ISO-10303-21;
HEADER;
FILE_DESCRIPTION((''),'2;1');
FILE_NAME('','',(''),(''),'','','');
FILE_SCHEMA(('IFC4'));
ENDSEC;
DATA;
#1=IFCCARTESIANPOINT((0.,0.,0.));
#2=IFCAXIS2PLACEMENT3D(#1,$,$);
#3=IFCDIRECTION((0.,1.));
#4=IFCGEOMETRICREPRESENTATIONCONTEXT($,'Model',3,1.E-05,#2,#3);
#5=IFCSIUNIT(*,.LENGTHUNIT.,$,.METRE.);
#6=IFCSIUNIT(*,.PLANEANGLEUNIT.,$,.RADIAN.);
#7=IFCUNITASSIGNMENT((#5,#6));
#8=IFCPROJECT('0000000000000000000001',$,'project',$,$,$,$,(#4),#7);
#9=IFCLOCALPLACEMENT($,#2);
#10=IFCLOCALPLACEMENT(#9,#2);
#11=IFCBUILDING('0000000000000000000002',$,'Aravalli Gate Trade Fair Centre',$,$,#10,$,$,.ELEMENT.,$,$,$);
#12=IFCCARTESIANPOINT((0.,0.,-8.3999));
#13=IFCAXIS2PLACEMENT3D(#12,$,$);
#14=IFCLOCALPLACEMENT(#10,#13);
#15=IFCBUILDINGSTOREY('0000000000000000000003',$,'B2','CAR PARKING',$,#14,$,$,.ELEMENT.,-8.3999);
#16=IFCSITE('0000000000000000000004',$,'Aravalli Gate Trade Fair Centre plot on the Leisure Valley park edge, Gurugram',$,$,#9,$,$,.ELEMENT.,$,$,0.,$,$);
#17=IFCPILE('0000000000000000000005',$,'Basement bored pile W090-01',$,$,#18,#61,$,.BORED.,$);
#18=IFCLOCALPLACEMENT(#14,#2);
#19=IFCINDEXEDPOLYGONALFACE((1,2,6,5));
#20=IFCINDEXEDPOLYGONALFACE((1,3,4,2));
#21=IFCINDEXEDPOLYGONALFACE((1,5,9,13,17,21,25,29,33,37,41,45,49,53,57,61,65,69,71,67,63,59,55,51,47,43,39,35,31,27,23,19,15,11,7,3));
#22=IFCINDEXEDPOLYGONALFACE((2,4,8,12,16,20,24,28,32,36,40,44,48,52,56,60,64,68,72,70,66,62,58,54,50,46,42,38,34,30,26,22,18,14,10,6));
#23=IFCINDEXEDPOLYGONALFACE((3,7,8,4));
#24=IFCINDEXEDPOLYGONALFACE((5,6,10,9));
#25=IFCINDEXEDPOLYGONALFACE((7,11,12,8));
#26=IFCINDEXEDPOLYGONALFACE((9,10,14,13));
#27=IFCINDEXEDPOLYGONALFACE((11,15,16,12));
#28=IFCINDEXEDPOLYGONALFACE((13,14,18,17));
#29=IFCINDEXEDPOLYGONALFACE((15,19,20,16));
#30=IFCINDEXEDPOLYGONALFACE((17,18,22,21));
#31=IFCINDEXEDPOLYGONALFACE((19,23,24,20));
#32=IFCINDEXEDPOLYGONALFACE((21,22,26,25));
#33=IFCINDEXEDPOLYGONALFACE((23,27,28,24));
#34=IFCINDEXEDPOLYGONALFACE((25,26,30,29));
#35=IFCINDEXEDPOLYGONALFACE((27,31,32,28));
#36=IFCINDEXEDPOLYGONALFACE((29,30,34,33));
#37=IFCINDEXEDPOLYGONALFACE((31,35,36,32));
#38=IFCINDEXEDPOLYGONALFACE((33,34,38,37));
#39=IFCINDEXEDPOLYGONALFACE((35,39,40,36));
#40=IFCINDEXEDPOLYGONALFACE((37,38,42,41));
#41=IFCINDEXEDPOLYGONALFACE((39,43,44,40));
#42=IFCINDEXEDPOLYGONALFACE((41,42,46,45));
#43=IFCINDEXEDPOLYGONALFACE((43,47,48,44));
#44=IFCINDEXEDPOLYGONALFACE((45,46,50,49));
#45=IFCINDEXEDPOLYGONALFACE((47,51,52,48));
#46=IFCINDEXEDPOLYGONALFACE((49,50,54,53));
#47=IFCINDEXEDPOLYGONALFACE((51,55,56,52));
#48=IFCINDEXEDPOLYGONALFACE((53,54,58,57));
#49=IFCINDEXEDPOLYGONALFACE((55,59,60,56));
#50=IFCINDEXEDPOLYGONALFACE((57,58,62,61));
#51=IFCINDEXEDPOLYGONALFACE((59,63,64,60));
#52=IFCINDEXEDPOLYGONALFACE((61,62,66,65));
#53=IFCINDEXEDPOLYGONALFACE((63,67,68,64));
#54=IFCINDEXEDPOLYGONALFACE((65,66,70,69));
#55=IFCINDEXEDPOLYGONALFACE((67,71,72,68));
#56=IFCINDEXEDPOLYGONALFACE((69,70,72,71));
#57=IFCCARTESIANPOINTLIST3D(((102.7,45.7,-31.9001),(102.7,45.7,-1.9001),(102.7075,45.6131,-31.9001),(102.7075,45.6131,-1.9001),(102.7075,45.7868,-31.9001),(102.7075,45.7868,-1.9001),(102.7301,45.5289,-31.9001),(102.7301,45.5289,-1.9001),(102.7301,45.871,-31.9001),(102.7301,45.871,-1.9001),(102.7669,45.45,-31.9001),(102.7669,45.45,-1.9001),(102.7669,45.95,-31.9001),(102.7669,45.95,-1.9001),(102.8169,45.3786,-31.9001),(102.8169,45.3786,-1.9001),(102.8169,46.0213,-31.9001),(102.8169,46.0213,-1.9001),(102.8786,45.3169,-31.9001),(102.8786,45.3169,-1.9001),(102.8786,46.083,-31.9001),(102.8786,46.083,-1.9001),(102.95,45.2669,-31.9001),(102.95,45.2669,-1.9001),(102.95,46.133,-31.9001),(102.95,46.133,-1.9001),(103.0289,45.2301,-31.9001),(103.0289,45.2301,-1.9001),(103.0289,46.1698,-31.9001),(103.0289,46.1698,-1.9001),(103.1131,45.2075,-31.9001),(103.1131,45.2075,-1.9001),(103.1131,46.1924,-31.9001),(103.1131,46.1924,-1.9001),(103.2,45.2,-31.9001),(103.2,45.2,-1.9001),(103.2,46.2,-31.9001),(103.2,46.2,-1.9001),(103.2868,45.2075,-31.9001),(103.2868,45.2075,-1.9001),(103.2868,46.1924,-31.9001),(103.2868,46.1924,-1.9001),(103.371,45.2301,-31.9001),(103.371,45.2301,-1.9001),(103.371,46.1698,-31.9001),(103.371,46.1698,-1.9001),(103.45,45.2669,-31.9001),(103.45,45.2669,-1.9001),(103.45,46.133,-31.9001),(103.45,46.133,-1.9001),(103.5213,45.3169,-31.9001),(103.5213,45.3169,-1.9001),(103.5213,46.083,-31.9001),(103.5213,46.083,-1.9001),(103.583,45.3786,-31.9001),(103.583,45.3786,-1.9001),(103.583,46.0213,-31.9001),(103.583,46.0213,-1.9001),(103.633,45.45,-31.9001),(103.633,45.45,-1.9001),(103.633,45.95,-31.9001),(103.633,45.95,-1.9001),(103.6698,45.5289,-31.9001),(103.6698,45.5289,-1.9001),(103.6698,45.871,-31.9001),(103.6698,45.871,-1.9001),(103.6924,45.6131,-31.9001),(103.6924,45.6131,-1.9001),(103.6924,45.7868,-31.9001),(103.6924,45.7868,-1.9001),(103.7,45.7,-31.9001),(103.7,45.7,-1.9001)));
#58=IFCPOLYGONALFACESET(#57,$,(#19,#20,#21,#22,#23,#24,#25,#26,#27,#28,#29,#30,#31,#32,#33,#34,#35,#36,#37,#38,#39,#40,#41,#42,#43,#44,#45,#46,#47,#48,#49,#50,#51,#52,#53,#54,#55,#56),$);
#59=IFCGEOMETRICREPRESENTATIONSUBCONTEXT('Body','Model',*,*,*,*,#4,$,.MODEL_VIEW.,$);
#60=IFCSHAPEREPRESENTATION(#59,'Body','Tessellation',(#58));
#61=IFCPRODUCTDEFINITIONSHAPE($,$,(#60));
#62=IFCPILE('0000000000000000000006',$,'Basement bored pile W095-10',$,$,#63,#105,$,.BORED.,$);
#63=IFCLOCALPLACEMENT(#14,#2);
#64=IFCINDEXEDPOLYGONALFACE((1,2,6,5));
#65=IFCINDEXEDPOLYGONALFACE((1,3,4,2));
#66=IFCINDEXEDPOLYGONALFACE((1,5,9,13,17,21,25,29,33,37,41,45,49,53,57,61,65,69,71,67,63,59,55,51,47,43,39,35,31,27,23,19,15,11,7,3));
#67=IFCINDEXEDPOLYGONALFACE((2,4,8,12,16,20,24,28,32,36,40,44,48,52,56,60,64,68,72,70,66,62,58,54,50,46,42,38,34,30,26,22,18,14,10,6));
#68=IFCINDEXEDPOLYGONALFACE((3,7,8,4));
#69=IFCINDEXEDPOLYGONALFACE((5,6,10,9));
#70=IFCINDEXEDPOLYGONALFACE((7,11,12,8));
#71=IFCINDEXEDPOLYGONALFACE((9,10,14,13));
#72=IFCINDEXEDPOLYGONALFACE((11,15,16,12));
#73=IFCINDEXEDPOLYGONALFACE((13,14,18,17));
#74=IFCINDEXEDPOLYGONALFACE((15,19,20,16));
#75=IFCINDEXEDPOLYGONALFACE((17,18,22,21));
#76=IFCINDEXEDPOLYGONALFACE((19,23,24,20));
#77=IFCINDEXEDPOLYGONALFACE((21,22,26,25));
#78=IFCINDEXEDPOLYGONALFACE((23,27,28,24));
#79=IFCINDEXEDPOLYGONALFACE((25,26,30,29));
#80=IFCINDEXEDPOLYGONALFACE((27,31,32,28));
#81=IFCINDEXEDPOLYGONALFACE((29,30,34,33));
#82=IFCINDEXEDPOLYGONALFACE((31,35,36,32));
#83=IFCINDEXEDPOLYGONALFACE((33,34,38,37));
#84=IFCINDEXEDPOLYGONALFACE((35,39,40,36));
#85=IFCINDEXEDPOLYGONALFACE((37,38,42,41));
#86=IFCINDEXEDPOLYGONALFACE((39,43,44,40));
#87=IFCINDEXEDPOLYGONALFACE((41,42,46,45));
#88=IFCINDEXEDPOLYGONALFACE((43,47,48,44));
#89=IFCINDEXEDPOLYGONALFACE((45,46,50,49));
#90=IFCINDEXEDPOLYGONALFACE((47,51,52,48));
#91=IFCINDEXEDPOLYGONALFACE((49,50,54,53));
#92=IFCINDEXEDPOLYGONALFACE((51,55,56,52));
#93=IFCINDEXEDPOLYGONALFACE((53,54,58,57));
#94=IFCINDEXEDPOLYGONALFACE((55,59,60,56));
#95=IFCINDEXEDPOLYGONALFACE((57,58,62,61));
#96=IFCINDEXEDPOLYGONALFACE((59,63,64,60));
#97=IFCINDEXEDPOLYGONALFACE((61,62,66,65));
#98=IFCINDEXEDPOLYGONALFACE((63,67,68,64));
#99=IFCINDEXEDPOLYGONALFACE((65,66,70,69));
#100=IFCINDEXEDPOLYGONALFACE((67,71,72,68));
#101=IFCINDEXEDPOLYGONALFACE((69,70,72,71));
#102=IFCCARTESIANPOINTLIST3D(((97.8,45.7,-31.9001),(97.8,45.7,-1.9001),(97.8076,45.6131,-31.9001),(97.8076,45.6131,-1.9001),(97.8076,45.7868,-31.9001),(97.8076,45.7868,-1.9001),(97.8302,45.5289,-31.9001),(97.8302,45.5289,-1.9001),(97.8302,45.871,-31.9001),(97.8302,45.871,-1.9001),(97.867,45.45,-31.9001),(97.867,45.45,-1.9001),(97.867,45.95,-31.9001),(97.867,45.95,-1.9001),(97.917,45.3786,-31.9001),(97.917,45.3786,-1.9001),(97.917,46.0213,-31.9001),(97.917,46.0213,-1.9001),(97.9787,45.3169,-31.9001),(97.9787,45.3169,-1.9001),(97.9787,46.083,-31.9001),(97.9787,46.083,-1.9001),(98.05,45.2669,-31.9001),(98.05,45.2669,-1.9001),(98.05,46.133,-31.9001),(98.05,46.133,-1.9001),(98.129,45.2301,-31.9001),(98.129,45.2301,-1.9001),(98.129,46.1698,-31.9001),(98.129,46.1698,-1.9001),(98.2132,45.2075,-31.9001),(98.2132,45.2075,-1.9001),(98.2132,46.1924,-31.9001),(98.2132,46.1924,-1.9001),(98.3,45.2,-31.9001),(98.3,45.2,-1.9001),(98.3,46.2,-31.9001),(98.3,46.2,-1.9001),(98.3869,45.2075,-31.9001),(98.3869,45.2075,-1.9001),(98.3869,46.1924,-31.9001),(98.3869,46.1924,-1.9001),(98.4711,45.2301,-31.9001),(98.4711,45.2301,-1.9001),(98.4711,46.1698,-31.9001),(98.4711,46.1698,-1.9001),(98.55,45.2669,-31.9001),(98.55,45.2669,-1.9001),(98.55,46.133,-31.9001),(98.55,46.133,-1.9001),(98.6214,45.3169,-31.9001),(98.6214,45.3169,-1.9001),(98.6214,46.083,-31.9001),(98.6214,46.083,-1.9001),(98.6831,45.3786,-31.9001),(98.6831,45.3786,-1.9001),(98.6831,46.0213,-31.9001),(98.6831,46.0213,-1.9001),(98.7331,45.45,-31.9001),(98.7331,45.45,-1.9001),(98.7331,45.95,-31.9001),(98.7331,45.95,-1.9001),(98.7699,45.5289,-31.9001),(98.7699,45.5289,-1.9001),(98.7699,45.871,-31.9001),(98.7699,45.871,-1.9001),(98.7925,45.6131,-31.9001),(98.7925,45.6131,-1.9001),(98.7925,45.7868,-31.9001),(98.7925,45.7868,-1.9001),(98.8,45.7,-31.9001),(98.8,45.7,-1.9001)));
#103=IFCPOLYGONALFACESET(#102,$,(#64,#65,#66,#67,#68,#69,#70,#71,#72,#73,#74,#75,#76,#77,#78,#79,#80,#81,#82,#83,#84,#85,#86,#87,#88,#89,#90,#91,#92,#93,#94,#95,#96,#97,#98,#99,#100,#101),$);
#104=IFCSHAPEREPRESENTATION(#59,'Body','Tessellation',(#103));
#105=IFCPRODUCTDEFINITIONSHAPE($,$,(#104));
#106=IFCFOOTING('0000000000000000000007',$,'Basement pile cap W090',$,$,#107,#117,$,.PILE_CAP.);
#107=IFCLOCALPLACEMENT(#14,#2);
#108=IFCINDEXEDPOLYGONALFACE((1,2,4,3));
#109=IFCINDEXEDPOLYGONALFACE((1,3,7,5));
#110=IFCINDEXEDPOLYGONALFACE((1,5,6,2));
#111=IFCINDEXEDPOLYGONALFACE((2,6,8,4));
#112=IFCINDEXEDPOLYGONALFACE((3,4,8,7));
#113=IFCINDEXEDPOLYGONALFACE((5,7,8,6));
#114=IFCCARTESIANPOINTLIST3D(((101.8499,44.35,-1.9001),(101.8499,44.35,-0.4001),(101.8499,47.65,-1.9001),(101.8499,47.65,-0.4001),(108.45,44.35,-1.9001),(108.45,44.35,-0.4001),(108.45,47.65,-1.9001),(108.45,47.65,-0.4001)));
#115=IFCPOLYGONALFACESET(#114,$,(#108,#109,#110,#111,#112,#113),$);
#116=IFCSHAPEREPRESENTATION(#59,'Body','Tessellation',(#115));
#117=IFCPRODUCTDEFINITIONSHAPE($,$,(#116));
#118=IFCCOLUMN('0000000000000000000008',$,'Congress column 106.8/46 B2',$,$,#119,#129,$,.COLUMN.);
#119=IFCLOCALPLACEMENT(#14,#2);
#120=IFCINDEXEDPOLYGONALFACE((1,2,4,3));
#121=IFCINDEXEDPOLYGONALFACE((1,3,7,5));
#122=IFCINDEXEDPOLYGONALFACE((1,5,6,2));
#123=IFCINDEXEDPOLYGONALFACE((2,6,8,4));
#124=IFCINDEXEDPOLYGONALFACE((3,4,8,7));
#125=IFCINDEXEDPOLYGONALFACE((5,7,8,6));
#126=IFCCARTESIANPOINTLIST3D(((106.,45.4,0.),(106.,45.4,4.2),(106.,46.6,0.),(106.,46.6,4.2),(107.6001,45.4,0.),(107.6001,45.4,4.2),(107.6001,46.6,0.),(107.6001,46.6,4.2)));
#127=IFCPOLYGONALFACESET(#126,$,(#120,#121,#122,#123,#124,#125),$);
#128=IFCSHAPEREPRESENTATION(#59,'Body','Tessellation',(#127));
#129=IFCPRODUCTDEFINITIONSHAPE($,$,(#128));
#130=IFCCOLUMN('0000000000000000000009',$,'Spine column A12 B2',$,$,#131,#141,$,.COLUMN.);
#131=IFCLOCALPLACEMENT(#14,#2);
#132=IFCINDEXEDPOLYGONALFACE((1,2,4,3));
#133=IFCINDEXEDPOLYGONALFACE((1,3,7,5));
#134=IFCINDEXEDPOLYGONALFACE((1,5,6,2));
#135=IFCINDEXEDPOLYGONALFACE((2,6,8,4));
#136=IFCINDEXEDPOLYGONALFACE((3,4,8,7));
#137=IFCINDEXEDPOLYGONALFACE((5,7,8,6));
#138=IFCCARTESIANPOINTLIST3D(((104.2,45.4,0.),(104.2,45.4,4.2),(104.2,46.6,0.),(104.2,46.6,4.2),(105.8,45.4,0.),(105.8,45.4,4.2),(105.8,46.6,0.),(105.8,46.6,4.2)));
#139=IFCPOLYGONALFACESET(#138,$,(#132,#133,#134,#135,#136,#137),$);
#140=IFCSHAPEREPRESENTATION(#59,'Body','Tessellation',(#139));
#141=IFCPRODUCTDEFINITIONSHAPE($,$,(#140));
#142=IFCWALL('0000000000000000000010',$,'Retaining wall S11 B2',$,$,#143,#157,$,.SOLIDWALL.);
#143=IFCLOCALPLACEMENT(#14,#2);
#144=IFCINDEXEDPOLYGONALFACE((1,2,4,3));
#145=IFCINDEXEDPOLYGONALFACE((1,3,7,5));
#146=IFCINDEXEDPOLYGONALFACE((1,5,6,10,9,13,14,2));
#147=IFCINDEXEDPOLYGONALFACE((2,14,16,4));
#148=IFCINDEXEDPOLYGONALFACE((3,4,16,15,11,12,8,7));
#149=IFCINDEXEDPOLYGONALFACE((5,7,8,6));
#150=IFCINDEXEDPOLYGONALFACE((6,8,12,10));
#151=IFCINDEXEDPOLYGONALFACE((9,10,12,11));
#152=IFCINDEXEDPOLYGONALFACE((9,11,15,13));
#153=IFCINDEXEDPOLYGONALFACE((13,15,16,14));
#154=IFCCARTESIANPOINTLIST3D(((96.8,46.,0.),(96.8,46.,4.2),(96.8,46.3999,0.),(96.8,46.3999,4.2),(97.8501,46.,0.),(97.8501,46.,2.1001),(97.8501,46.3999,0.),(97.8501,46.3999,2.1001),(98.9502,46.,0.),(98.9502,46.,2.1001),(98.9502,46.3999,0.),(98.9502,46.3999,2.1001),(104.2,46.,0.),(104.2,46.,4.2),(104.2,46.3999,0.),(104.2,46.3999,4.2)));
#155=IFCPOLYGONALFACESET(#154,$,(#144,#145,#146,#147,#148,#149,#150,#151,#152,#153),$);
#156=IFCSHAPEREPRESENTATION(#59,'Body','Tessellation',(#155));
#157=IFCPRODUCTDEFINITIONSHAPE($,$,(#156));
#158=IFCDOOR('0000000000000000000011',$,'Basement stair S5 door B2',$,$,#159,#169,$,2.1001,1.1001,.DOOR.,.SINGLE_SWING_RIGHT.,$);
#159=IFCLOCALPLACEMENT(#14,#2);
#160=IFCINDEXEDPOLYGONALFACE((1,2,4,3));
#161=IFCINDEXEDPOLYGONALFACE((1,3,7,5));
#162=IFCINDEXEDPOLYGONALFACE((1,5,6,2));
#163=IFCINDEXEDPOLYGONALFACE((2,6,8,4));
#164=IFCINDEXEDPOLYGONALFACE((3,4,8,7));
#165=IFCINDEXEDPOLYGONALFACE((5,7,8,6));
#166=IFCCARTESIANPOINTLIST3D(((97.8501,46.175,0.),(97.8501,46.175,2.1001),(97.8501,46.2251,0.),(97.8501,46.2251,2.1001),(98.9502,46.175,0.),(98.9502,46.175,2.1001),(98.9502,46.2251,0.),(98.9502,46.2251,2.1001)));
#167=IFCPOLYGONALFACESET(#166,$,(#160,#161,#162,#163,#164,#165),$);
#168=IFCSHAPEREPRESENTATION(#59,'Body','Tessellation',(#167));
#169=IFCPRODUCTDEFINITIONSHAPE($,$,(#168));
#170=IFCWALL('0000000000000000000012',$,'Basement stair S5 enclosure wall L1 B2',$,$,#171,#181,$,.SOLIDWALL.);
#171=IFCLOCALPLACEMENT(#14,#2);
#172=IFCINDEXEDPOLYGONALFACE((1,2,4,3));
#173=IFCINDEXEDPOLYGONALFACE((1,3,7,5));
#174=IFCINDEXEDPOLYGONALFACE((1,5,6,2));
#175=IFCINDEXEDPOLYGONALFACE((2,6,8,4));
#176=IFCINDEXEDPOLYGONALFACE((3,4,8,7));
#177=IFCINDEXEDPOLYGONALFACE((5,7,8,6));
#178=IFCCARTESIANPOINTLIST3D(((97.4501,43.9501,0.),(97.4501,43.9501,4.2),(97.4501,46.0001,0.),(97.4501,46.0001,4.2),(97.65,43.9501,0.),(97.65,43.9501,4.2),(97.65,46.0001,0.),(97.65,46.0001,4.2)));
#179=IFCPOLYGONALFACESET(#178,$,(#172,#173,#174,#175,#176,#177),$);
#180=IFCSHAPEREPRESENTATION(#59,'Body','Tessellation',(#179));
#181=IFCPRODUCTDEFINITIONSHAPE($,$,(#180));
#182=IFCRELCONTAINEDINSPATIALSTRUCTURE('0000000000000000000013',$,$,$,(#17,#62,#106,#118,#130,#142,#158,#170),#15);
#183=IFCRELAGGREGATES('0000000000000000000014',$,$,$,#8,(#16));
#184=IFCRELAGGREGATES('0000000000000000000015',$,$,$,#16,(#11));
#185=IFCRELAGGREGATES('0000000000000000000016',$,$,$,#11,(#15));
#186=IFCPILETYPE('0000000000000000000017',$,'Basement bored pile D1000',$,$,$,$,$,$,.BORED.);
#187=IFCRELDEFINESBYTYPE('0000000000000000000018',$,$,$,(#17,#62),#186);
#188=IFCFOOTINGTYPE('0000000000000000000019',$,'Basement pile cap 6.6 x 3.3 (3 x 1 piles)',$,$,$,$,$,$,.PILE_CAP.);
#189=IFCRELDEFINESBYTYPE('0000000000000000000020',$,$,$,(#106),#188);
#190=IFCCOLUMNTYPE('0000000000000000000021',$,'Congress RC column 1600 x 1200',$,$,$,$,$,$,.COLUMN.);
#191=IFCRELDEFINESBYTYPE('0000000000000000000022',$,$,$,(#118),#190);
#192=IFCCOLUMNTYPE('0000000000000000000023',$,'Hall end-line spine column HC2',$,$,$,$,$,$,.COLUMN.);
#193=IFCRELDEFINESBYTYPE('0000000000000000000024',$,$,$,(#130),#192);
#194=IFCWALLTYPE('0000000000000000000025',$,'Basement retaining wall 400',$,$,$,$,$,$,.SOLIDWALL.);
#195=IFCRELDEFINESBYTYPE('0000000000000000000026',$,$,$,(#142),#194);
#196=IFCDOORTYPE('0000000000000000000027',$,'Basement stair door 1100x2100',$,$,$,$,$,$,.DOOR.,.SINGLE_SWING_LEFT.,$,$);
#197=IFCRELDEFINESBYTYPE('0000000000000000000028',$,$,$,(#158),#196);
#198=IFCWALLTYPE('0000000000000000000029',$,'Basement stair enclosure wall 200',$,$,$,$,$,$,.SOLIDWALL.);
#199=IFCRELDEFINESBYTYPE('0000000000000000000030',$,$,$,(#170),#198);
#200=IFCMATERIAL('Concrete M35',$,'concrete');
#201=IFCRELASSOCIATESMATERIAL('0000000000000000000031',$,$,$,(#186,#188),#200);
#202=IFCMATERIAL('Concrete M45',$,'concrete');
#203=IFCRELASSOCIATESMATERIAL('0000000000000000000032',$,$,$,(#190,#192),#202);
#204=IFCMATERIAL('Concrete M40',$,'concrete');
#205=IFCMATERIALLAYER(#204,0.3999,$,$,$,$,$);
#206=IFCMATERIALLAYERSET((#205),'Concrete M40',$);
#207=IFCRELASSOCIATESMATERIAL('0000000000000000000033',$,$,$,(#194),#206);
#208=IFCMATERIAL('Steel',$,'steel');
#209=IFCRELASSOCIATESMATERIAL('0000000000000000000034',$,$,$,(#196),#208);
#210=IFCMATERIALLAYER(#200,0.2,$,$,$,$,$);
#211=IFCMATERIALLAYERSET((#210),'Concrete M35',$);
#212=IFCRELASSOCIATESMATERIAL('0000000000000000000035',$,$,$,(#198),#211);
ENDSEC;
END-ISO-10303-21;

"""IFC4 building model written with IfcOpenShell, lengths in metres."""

from ifc_helpers import new_model, si_unit, direction, frame, frame_2d, origin, origin_2d, place, context, subcontext, project, spatial, rectangle, circle, extrude, material, layer, layer_set, material_profile, profile_set, type_object, element, fill, save


model = new_model("IFC4")

# Units and contexts
model_context = context("Model", 3, precision=1e-05, world=origin(), true_north=direction((0.0, 1.0)))
body_context = subcontext(model_context, "Body", "Model", "MODEL_VIEW")
ifc_project = project(units=[si_unit("LENGTHUNIT", "METRE"), si_unit("PLANEANGLEUNIT", "RADIAN")], contexts=[model_context])

# Site, building, storey
site_placement = place(None, origin())
site = spatial("IfcSite", under=ifc_project, at=site_placement, Name="Aravalli Gate Trade Fair Centre plot on the Leisure Valley park edge, Gurugram", CompositionType="ELEMENT", RefElevation=0.0)
building_placement = place(site_placement, origin())
building = spatial("IfcBuilding", under=site, at=building_placement, Name="Aravalli Gate Trade Fair Centre", CompositionType="ELEMENT")
storey_placement = place(building_placement, frame((0.0, 0.0, -8.3999)))
storey = spatial("IfcBuildingStorey", under=building, at=storey_placement, Name="B2", Description="CAR PARKING", CompositionType="ELEMENT", Elevation=-8.3999)

# Piles
ifc_material_1 = material(Name="Concrete M35", Category="concrete")
ifc_material_profile_1 = material_profile(ifc_material_1, circle(Radius=0.5, at=origin_2d()), Name="D1000")
ifc_profile_set_1 = profile_set([ifc_material_profile_1], Name="Concrete M35")
pile_type = type_object("IfcPileType", Name="Basement bored pile D1000", PredefinedType="BORED", material=ifc_profile_set_1)
for number, where, z_axis, x_axis, name in (
    (1, (103.2, 45.7, -1.9001), (0.0, 0.0, -1.0), (1.0, 0.0, 0.0), "Basement bored pile W090-01"),
    (2, (98.3, 45.7, -1.9001), (0.0, 0.0, -1.0), (1.0, 0.0, 0.0), "Basement bored pile W095-10"),
):
    element("IfcPile", number, at=place(storey_placement, frame(where, z_axis=z_axis, x_axis=x_axis)), inside=storey, type_object=pile_type, Name=name, PredefinedType="BORED", context=body_context, shape_type="SweptSolid", body=[
        extrude(circle(Radius=0.5, at=origin_2d()), origin(), (0.0, 0.0, 1.0), 30.0),
    ])

# Footing
footing_type = type_object("IfcFootingType", Name="Basement pile cap 6.6 x 3.3 (3 x 1 piles)", PredefinedType="PILE_CAP", material=ifc_material_1)
footing_placement = place(storey_placement, frame((105.1499, 46.0, -1.9001), z_axis=(0.0, 0.0, 1.0), x_axis=(1.0, 0.0, 0.0)))
element("IfcFooting", 3, at=footing_placement, inside=storey, type_object=footing_type, Name="Basement pile cap W090", PredefinedType="PILE_CAP", context=body_context, shape_type="SweptSolid", body=[
    extrude(rectangle(XDim=6.6001, YDim=3.3, at=origin_2d()), origin(), (0.0, 0.0, 1.0), 1.5),
])

# Columns
ifc_material_2 = material(Name="Concrete M45", Category="concrete")
ifc_material_profile_2 = material_profile(ifc_material_2, rectangle(XDim=1.6001, YDim=1.2, at=origin_2d()), Name="RC 1600x1200")
ifc_profile_set_2 = profile_set([ifc_material_profile_2], Name="Concrete M45")
column_type_1 = type_object("IfcColumnType", Name="Congress RC column 1600 x 1200", PredefinedType="COLUMN", material=ifc_profile_set_2)
column_1_placement = place(storey_placement, frame((106.8, 46.0, 0.0), z_axis=(0.0, 0.0, 1.0), x_axis=(1.0, 0.0, 0.0)))
element("IfcColumn", 4, at=column_1_placement, inside=storey, type_object=column_type_1, Name="Congress column 106.8/46 B2", PredefinedType="COLUMN", context=body_context, shape_type="SweptSolid", body=[
    extrude(rectangle(XDim=1.6001, YDim=1.2, at=origin_2d()), origin(), (0.0, 0.0, 1.0), 4.2),
])
ifc_material_profile_3 = material_profile(ifc_material_2, rectangle(XDim=1.6001, YDim=1.2, at=origin_2d()), Name="RC 1600x1200")
ifc_profile_set_3 = profile_set([ifc_material_profile_3], Name="Concrete M45")
column_type_2 = type_object("IfcColumnType", Name="Hall end-line spine column HC2", PredefinedType="COLUMN", material=ifc_profile_set_3)
column_2_placement = place(storey_placement, frame((105.0, 46.0, 0.0), z_axis=(0.0, 0.0, 1.0), x_axis=(1.0, 0.0, 0.0)))
element("IfcColumn", 5, at=column_2_placement, inside=storey, type_object=column_type_2, Name="Spine column A12 B2", PredefinedType="COLUMN", context=body_context, shape_type="SweptSolid", body=[
    extrude(rectangle(XDim=1.6001, YDim=1.2, at=origin_2d()), origin(), (0.0, 0.0, 1.0), 4.2),
])

# Wall, opening, door
ifc_material_3 = material(Name="Concrete M40", Category="concrete")
ifc_layer_1 = layer(ifc_material_3, 0.3999)
ifc_layer_set_1 = layer_set([ifc_layer_1], Name="Concrete M40")
wall_type_1 = type_object("IfcWallType", Name="Basement retaining wall 400", PredefinedType="SOLIDWALL", material=ifc_layer_set_1)
wall_1_placement = place(storey_placement, frame((96.8, 46.2, 0.0), z_axis=(0.0, 0.0, 1.0), x_axis=(1.0, 0.0, 0.0)))
wall_1 = element("IfcWall", 6, at=wall_1_placement, inside=storey, type_object=wall_type_1, Name="Retaining wall S11 B2", PredefinedType="SOLIDWALL", context=body_context, shape_type="SweptSolid", body=[
    extrude(rectangle(XDim=7.3999, YDim=0.3999, at=frame_2d((3.7, 0.0))), origin(), (0.0, 0.0, 1.0), 4.2),
])
opening_placement = place(wall_1_placement, frame((1.05, 0.0, 0.0)))
opening = element("IfcOpeningElement", 7, at=opening_placement, cuts=wall_1, PredefinedType="OPENING", context=body_context, shape_type="SweptSolid", body=[
    extrude(rectangle(XDim=1.1001, YDim=2.1001, at=frame_2d((0.55, 1.05))), frame((0.0, 0.21, 0.0), z_axis=(0.0, -1.0, 0.0), x_axis=(1.0, 0.0, 0.0)), (0.0, 0.0, 1.0), 0.4199),
])
ifc_material_4 = material(Name="Steel", Category="steel")
door_type = type_object("IfcDoorType", Name="Basement stair door 1100x2100", OperationType="SINGLE_SWING_LEFT", PredefinedType="DOOR", material=ifc_material_4)
door_placement = place(opening_placement, frame((1.1001, 0.0, 0.0), z_axis=(0.0, 0.0, 1.0), x_axis=(-1.0, 0.0, 0.0)))
door = element("IfcDoor", 8, at=door_placement, inside=storey, type_object=door_type, Name="Basement stair S5 door B2", OperationType="SINGLE_SWING_RIGHT", OverallHeight=2.1001, OverallWidth=1.1001, PredefinedType="DOOR", context=body_context, shape_type="SweptSolid", body=[
    extrude(rectangle(XDim=1.1001, YDim=2.1001, at=frame_2d((0.55, 1.05))), frame((0.0, 0.0249, 0.0), z_axis=(0.0, -1.0, 0.0), x_axis=(1.0, 0.0, 0.0)), (0.0, 0.0, 1.0), 0.05),
])
fill(opening, door)

# Wall
ifc_layer_2 = layer(ifc_material_1, 0.2)
ifc_layer_set_2 = layer_set([ifc_layer_2], Name="Concrete M35")
wall_type_2 = type_object("IfcWallType", Name="Basement stair enclosure wall 200", PredefinedType="SOLIDWALL", material=ifc_layer_set_2)
for number, where, z_axis, x_axis, name in (
    (9, (97.55, 46.0, 0.0), (0.0, 0.0, 1.0), (0.0, -1.0, 0.0), "Basement stair S5 enclosure wall L1 B2"),
):
    element("IfcWall", number, at=place(storey_placement, frame(where, z_axis=z_axis, x_axis=x_axis)), inside=storey, type_object=wall_type_2, Name=name, PredefinedType="SOLIDWALL", context=body_context, shape_type="SweptSolid", body=[
        extrude(rectangle(XDim=2.05, YDim=0.2, at=frame_2d((1.0249, 0.0))), origin(), (0.0, 0.0, 1.0), 4.2),
    ])

save(model, "model.ifc")
